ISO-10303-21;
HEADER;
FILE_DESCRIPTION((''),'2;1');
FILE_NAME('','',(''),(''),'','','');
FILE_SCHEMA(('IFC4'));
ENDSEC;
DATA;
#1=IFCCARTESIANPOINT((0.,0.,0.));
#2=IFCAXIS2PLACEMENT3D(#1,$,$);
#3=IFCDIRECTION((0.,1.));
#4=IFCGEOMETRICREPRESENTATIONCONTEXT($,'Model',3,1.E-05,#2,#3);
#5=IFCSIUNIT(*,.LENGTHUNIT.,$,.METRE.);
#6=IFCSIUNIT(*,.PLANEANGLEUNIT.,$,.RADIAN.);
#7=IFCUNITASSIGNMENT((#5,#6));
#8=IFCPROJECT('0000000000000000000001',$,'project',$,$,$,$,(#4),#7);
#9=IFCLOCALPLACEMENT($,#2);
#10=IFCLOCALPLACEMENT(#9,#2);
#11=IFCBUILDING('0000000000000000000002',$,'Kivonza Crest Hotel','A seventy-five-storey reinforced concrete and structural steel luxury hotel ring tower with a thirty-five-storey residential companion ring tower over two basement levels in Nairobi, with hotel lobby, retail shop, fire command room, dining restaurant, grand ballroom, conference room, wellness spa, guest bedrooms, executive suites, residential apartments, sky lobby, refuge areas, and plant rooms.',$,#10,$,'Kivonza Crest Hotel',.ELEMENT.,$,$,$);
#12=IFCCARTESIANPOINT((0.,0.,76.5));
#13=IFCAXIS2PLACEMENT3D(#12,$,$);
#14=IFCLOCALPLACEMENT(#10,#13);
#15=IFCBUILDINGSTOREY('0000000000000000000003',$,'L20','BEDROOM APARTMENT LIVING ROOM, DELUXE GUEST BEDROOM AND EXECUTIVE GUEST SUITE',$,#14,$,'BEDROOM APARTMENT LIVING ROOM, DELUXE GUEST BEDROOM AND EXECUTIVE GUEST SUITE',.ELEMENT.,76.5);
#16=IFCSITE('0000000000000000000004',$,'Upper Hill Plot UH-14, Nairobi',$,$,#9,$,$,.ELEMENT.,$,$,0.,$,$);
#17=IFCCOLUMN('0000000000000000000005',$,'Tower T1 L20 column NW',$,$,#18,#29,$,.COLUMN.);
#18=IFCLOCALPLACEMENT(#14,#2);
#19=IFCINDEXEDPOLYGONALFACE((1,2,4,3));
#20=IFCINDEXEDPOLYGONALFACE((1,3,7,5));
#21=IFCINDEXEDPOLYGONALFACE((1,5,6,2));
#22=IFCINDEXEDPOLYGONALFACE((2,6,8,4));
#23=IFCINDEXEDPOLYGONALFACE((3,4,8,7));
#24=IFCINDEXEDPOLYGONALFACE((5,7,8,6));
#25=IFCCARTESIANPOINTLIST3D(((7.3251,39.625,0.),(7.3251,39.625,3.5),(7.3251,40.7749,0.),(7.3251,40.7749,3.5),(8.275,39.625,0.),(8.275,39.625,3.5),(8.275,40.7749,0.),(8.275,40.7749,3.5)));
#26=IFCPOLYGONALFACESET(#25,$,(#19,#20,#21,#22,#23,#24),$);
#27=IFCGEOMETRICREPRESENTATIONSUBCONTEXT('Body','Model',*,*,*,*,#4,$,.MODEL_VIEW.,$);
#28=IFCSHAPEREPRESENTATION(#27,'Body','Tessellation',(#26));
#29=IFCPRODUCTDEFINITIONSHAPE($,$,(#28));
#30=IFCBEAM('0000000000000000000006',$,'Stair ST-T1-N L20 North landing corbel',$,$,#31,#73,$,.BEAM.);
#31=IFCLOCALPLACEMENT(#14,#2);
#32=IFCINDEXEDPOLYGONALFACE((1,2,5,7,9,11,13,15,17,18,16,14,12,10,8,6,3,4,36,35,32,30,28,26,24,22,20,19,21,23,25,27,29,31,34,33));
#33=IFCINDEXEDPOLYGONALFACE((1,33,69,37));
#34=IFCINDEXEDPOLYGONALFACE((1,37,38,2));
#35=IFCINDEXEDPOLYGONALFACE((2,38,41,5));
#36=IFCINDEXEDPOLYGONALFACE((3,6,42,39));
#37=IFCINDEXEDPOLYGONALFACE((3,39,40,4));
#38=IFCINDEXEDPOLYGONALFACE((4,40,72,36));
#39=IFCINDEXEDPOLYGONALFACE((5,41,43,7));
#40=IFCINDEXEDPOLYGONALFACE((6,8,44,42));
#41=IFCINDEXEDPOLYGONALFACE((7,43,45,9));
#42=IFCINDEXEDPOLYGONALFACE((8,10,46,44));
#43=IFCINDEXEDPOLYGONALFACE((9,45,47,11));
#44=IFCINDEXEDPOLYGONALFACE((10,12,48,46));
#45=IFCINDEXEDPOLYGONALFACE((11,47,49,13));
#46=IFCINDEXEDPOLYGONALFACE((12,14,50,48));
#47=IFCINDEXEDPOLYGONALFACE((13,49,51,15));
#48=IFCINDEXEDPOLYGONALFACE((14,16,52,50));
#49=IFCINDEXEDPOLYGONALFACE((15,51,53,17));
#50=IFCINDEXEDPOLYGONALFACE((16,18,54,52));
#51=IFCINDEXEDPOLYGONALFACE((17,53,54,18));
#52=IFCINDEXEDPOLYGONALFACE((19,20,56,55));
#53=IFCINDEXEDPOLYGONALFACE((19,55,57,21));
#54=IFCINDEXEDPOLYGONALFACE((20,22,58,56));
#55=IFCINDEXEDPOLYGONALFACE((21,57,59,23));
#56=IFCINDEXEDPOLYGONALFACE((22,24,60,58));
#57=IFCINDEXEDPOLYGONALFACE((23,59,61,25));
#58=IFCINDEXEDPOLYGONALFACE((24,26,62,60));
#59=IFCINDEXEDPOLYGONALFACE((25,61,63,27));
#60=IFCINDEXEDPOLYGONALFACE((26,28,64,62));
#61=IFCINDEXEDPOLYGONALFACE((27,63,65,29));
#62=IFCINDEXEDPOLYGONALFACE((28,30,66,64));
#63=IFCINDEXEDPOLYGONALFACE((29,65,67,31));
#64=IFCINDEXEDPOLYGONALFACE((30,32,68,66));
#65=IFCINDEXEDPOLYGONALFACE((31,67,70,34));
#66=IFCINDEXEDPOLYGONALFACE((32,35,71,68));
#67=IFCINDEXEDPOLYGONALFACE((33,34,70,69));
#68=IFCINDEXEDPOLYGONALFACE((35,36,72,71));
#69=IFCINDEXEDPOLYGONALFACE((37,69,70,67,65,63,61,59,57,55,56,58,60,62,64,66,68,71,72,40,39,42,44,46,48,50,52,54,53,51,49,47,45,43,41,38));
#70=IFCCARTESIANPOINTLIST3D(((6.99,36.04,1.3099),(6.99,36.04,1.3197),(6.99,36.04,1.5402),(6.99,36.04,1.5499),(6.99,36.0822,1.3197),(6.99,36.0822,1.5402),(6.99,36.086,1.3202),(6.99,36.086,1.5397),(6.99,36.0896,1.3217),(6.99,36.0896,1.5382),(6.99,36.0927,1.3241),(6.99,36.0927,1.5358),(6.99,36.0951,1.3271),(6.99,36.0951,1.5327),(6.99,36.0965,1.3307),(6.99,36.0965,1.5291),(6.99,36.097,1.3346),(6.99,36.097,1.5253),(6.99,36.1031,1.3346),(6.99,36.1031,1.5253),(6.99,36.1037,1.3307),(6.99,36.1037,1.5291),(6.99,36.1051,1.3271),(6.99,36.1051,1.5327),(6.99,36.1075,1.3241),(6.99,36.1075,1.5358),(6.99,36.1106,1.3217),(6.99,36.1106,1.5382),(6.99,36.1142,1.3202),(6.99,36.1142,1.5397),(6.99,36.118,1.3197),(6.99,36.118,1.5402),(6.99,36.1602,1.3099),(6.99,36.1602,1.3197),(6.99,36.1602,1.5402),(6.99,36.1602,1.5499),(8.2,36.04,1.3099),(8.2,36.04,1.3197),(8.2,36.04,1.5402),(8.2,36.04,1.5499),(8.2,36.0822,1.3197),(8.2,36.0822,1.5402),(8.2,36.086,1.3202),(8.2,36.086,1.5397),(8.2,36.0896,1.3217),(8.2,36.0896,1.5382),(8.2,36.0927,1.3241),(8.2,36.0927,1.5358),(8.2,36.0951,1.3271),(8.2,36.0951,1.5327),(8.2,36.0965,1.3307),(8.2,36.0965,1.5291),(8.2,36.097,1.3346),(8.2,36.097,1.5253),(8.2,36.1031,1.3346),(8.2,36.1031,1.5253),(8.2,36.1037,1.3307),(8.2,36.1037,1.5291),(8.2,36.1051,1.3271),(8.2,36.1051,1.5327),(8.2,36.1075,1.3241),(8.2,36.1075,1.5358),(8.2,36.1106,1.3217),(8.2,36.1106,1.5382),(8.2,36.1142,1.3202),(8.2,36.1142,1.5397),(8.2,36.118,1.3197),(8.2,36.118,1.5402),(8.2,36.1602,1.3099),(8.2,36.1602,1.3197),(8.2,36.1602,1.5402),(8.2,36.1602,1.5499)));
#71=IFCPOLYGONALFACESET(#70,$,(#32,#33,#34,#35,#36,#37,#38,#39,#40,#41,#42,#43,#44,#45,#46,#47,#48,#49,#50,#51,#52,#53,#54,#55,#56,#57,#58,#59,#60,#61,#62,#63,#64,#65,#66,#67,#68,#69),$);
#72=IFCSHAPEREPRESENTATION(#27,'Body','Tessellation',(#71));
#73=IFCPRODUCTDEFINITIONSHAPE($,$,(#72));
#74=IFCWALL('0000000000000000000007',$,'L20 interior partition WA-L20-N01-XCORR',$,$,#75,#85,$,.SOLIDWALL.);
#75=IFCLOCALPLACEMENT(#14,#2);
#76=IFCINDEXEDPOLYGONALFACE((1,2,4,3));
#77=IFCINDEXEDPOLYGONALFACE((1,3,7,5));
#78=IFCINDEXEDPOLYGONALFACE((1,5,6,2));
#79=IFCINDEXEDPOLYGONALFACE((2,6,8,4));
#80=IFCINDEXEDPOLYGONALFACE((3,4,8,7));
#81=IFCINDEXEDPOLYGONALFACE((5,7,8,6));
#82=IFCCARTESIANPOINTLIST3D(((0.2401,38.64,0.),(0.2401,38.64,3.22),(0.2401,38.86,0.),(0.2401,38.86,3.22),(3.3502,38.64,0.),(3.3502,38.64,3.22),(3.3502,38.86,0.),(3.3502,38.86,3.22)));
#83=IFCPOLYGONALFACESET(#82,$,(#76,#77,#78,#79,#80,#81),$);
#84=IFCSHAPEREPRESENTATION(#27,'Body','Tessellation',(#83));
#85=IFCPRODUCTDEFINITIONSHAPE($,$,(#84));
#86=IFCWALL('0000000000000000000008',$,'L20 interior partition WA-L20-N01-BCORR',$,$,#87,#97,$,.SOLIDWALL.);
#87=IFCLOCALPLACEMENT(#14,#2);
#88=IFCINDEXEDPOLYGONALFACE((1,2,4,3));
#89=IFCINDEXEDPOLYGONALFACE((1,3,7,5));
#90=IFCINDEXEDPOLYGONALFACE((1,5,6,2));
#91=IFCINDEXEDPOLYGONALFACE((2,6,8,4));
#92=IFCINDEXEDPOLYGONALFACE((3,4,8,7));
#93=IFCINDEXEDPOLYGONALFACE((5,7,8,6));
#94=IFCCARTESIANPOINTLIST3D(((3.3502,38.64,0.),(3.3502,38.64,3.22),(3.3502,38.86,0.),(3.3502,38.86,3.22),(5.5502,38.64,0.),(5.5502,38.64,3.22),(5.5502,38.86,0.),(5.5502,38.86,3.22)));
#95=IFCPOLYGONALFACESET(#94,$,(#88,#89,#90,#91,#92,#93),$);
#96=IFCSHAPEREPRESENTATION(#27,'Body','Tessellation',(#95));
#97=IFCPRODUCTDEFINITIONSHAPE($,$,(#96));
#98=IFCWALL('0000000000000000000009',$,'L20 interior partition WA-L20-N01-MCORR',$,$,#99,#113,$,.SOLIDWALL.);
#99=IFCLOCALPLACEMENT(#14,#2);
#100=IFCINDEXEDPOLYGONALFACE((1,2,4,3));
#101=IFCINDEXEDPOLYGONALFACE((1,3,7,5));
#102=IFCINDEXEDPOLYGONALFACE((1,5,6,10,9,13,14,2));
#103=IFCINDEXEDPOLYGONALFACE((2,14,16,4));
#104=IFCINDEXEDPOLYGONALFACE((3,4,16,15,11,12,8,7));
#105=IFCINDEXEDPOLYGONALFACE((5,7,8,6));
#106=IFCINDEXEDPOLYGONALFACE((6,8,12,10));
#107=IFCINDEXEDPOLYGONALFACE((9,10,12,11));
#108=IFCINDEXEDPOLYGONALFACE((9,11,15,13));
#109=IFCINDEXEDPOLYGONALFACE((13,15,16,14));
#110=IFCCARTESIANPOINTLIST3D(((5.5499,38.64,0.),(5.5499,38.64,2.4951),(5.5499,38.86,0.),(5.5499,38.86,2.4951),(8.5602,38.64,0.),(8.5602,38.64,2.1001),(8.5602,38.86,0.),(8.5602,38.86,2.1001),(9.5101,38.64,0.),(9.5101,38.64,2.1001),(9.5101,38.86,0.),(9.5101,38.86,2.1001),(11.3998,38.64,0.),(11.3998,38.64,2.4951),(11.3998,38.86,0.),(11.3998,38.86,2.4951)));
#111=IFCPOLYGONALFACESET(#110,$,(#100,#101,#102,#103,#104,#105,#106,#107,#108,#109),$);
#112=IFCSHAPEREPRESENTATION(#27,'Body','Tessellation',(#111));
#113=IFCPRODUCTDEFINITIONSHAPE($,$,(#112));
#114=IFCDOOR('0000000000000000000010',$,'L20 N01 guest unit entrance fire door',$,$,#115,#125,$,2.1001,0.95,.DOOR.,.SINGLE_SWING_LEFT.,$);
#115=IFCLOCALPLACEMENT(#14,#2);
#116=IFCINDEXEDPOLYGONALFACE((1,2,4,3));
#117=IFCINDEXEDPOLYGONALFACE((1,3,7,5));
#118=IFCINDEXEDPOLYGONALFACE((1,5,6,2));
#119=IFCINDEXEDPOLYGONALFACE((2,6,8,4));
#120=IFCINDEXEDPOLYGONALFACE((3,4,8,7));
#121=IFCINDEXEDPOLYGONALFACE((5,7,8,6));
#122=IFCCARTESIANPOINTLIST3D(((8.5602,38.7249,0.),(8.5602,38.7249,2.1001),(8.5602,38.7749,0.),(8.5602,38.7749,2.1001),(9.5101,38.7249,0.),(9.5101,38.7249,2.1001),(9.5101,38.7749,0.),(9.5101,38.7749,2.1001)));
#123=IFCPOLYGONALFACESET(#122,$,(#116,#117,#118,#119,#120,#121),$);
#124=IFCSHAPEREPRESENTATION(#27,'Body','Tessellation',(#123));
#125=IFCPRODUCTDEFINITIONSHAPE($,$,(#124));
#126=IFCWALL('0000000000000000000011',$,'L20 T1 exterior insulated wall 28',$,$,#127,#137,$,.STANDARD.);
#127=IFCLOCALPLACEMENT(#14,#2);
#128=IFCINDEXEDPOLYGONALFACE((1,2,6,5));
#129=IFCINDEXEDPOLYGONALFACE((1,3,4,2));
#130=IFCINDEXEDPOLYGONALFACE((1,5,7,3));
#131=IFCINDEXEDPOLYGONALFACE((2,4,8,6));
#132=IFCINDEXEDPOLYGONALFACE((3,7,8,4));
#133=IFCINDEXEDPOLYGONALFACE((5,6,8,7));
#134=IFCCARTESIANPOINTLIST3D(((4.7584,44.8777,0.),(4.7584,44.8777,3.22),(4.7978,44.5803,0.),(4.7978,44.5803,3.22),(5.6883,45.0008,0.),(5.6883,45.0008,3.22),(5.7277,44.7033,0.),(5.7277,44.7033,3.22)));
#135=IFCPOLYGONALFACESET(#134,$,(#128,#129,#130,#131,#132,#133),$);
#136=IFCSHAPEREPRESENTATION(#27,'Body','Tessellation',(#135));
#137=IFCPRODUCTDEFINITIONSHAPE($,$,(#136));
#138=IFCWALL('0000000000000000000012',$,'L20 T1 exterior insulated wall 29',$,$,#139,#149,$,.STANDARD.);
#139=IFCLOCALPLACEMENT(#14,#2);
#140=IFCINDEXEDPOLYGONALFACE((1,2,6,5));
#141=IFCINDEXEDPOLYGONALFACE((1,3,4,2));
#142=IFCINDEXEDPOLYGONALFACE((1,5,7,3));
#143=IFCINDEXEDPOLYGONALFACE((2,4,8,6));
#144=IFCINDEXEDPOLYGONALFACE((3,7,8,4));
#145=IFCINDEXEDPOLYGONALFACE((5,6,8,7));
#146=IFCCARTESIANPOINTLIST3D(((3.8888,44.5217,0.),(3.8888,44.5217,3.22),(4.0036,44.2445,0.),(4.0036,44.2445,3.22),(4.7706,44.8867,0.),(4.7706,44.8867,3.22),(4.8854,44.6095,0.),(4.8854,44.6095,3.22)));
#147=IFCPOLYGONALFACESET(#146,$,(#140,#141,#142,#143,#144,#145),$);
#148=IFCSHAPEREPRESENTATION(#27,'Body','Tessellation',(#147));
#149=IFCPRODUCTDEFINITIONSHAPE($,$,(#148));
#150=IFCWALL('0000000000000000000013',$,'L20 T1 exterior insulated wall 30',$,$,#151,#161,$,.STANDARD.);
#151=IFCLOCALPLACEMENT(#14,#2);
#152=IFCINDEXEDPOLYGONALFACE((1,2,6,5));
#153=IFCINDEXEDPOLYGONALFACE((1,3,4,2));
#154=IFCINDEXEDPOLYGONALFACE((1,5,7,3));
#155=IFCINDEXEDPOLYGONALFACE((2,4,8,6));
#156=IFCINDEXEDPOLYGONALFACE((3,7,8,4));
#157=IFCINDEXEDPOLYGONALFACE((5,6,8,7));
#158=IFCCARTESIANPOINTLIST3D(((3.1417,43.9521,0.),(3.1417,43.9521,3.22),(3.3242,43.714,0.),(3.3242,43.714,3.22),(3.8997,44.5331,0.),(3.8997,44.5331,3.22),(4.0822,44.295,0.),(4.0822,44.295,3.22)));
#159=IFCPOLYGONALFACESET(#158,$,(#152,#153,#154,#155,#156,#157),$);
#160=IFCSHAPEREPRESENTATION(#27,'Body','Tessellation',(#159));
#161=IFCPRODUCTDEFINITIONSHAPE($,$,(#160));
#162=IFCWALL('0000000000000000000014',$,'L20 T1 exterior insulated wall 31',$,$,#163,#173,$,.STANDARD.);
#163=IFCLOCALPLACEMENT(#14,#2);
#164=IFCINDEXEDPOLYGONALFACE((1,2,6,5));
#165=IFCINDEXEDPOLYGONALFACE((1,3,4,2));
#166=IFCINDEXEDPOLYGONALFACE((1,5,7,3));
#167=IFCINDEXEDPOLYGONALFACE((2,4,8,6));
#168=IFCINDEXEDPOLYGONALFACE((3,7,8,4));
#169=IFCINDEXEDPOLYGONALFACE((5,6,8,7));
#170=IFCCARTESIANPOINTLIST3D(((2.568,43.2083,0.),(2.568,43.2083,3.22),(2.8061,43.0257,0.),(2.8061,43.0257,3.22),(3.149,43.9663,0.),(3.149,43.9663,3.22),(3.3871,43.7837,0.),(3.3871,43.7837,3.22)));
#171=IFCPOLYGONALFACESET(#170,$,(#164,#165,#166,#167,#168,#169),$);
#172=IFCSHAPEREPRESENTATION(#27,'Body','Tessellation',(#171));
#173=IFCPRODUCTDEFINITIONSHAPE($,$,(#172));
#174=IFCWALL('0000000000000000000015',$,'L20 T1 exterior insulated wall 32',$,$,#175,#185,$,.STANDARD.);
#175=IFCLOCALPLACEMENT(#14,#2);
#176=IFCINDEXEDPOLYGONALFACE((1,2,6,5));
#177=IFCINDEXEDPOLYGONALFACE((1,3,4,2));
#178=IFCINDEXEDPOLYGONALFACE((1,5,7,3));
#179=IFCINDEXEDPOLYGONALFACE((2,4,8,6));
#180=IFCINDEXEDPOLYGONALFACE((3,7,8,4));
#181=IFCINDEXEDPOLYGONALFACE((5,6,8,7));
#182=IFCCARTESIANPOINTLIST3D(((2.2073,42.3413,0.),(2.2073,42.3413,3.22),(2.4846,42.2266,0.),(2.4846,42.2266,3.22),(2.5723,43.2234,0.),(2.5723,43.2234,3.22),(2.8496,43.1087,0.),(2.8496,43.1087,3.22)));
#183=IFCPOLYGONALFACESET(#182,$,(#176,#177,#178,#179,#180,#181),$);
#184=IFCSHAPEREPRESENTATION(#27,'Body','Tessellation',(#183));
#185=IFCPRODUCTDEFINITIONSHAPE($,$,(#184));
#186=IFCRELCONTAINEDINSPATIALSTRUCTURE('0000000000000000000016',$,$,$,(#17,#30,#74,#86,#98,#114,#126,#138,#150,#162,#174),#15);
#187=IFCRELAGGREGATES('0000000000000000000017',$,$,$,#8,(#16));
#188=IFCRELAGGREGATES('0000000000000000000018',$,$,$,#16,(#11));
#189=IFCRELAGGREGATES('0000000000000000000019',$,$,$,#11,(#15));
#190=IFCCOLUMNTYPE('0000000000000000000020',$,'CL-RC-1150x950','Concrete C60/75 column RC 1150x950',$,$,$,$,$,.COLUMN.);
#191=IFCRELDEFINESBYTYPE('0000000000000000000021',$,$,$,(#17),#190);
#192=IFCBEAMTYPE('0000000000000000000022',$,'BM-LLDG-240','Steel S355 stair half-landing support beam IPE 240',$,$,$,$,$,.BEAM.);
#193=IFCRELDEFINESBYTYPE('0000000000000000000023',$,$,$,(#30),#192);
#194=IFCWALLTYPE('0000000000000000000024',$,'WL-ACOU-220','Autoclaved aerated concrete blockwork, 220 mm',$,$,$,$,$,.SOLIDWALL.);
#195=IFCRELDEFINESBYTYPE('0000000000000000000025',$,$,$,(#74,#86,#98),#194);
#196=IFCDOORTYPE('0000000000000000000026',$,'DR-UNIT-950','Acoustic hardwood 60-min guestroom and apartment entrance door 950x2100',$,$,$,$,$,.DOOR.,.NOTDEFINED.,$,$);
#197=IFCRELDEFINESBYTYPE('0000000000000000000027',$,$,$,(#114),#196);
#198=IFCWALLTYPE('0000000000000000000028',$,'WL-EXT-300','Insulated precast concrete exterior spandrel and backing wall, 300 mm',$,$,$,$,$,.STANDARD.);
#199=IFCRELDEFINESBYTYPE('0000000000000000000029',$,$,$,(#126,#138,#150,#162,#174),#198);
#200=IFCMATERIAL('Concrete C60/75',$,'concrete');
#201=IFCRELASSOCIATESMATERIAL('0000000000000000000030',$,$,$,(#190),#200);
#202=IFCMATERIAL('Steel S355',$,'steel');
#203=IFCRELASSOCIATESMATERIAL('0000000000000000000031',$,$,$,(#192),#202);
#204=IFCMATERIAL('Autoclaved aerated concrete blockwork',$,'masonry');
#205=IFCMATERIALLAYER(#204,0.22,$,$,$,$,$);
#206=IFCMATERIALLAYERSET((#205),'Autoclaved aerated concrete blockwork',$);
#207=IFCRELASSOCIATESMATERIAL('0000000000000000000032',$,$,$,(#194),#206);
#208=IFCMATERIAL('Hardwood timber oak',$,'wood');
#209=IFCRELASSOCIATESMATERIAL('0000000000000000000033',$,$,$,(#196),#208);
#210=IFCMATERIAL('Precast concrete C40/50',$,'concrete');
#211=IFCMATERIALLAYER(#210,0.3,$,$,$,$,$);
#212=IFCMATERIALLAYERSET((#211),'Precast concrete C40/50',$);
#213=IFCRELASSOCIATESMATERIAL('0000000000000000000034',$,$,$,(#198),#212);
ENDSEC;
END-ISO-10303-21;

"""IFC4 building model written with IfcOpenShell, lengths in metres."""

from ifc_helpers import new_model, si_unit, direction, frame, frame_2d, origin, origin_2d, place, context, subcontext, project, spatial, rectangle, i_section, extrude, material, layer, layer_set, material_profile, profile_set, type_object, element, fill, save


model = new_model("IFC4")

# Units and contexts
model_context = context("Model", 3, precision=1e-05, world=origin(), true_north=direction((0.0, 1.0)))
body_context = subcontext(model_context, "Body", "Model", "MODEL_VIEW")
ifc_project = project(units=[si_unit("LENGTHUNIT", "METRE"), si_unit("PLANEANGLEUNIT", "RADIAN")], contexts=[model_context])

# Site, building, storey
site_placement = place(None, origin())
site = spatial("IfcSite", under=ifc_project, at=site_placement, Name="Upper Hill Plot UH-14, Nairobi", CompositionType="ELEMENT", RefElevation=0.0)
building_placement = place(site_placement, origin())
building = spatial("IfcBuilding", under=site, at=building_placement, Name="Kivonza Crest Hotel", Description="A seventy-five-storey reinforced concrete and structural steel luxury hotel ring tower with a thirty-five-storey residential companion ring tower over two basement levels in Nairobi, with hotel lobby, retail shop, fire command room, dining restaurant, grand ballroom, conference room, wellness spa, guest bedrooms, executive suites, residential apartments, sky lobby, refuge areas, and plant rooms.", LongName="Kivonza Crest Hotel", CompositionType="ELEMENT")
storey_placement = place(building_placement, frame((0.0, 0.0, 76.5)))
storey = spatial("IfcBuildingStorey", under=building, at=storey_placement, Name="L20", Description="BEDROOM APARTMENT LIVING ROOM, DELUXE GUEST BEDROOM AND EXECUTIVE GUEST SUITE", LongName="BEDROOM APARTMENT LIVING ROOM, DELUXE GUEST BEDROOM AND EXECUTIVE GUEST SUITE", CompositionType="ELEMENT", Elevation=76.5)

# Column
ifc_material_1 = material(Name="Concrete C60/75", Category="concrete")
ifc_material_profile_1 = material_profile(ifc_material_1, rectangle(XDim=0.95, YDim=1.1499, at=origin_2d()), Name="RC 1150x950")
ifc_profile_set_1 = profile_set([ifc_material_profile_1], Name="Concrete C60/75")
column_type = type_object("IfcColumnType", Name="CL-RC-1150x950", Description="Concrete C60/75 column RC 1150x950", PredefinedType="COLUMN", material=ifc_profile_set_1)
column_placement = place(storey_placement, frame((7.8, 40.2, 0.0), z_axis=(0.0, 0.0, 1.0), x_axis=(1.0, 0.0, 0.0)))
element("IfcColumn", 1, at=column_placement, inside=storey, type_object=column_type, Name="Tower T1 L20 column NW", PredefinedType="COLUMN", context=body_context, shape_type="SweptSolid", body=[
    extrude(rectangle(XDim=0.95, YDim=1.1499, at=origin_2d()), origin(), (0.0, 0.0, 1.0), 3.5),
])

# Beam
ifc_material_2 = material(Name="Steel S355", Category="steel")
ifc_material_profile_2 = material_profile(ifc_material_2, i_section(OverallWidth=0.1201, OverallDepth=0.24, WebThickness=0.0061, FlangeThickness=0.0098, FilletRadius=0.0149, at=origin_2d()), Name="IPE 240")
ifc_profile_set_2 = profile_set([ifc_material_profile_2], Name="Steel S355")
beam_type = type_object("IfcBeamType", Name="BM-LLDG-240", Description="Steel S355 stair half-landing support beam IPE 240", PredefinedType="BEAM", material=ifc_profile_set_2)
beam_placement = place(storey_placement, frame((6.99, 36.1001, 1.4299), z_axis=(1.0, 0.0, 0.0), x_axis=(0.0, 1.0, 0.0)))
element("IfcBeam", 2, at=beam_placement, inside=storey, type_object=beam_type, Name="Stair ST-T1-N L20 North landing corbel", PredefinedType="BEAM", context=body_context, shape_type="SweptSolid", body=[
    extrude(i_section(OverallWidth=0.1201, OverallDepth=0.24, WebThickness=0.0061, FlangeThickness=0.0098, FilletRadius=0.0149, at=origin_2d()), origin(), (0.0, 0.0, 1.0), 1.21),
])

# Walls
ifc_material_3 = material(Name="Autoclaved aerated concrete blockwork", Category="masonry")
ifc_layer_1 = layer(ifc_material_3, 0.22)
ifc_layer_set_1 = layer_set([ifc_layer_1], Name="Autoclaved aerated concrete blockwork")
wall_type_1 = type_object("IfcWallType", Name="WL-ACOU-220", Description="Autoclaved aerated concrete blockwork, 220 mm", PredefinedType="SOLIDWALL", material=ifc_layer_set_1)
wall_1_placement = place(storey_placement, frame((0.24, 38.75, 0.0), z_axis=(0.0, 0.0, 1.0), x_axis=(1.0, 0.0, 0.0)))
element("IfcWall", 3, at=wall_1_placement, inside=storey, type_object=wall_type_1, Name="L20 interior partition WA-L20-N01-XCORR", PredefinedType="SOLIDWALL", context=body_context, shape_type="SweptSolid", body=[
    extrude(rectangle(XDim=3.1101, YDim=0.22, at=frame_2d((1.5552, 0.0))), origin(), (0.0, 0.0, 1.0), 3.22),
])
wall_2_placement = place(storey_placement, frame((3.3501, 38.75, 0.0), z_axis=(0.0, 0.0, 1.0), x_axis=(1.0, 0.0, 0.0)))
element("IfcWall", 4, at=wall_2_placement, inside=storey, type_object=wall_type_1, Name="L20 interior partition WA-L20-N01-BCORR", PredefinedType="SOLIDWALL", context=body_context, shape_type="SweptSolid", body=[
    extrude(rectangle(XDim=2.2, YDim=0.22, at=frame_2d((1.1001, 0.0))), origin(), (0.0, 0.0, 1.0), 3.22),
])

# Wall, opening, door
wall_3_placement = place(storey_placement, frame((5.55, 38.75, 0.0), z_axis=(0.0, 0.0, 1.0), x_axis=(1.0, 0.0, 0.0)))
wall_3 = element("IfcWall", 5, at=wall_3_placement, inside=storey, type_object=wall_type_1, Name="L20 interior partition WA-L20-N01-MCORR", PredefinedType="SOLIDWALL", context=body_context, shape_type="SweptSolid", body=[
    extrude(rectangle(XDim=5.8499, YDim=0.22, at=frame_2d((2.9248, 0.0))), origin(), (0.0, 0.0, 1.0), 2.4951),
])
opening_1_placement = place(wall_3_placement, frame((3.01, 0.0, 0.0)))
opening_1 = element("IfcOpeningElement", 6, at=opening_1_placement, cuts=wall_3, PredefinedType="OPENING", context=body_context, shape_type="SweptSolid", body=[
    extrude(rectangle(XDim=0.95, YDim=2.1001, at=frame_2d((0.4751, 1.05))), frame((0.0, 0.1201, 0.0), z_axis=(0.0, -1.0, 0.0), x_axis=(1.0, 0.0, 0.0)), (0.0, 0.0, 1.0), 0.24),
])
ifc_material_4 = material(Name="Hardwood timber oak", Category="wood")
door_type_1 = type_object("IfcDoorType", Name="DR-UNIT-950", Description="Acoustic hardwood 60-min guestroom and apartment entrance door 950x2100", OperationType="NOTDEFINED", PredefinedType="DOOR", material=ifc_material_4)
door_1_placement = place(opening_1_placement, origin())
door_1 = element("IfcDoor", 7, at=door_1_placement, inside=storey, type_object=door_type_1, Name="L20 N01 guest unit entrance fire door", OperationType="SINGLE_SWING_LEFT", OverallHeight=2.1001, OverallWidth=0.95, PredefinedType="DOOR", context=body_context, shape_type="SweptSolid", body=[
    extrude(rectangle(XDim=0.95, YDim=2.1001, at=frame_2d((0.4751, 1.05))), frame((0.0, 0.0249, 0.0), z_axis=(0.0, -1.0, 0.0), x_axis=(1.0, 0.0, 0.0)), (0.0, 0.0, 1.0), 0.05),
])
fill(opening_1, door_1)

# Walls
ifc_material_5 = material(Name="Precast concrete C40/50", Category="concrete")
ifc_layer_2 = layer(ifc_material_5, 0.3)
ifc_layer_set_2 = layer_set([ifc_layer_2], Name="Precast concrete C40/50")
wall_type_2 = type_object("IfcWallType", Name="WL-EXT-300", Description="Insulated precast concrete exterior spandrel and backing wall, 300 mm", PredefinedType="STANDARD", material=ifc_layer_set_2)
wall_4_placement = place(storey_placement, frame((5.708, 44.8521, 0.0), z_axis=(0.0, 0.0, 1.0), x_axis=(-0.991359, -0.131175, 0.0)))
element("IfcWall", 8, at=wall_4_placement, inside=storey, type_object=wall_type_2, Name="L20 T1 exterior insulated wall 28", PredefinedType="STANDARD", context=body_context, shape_type="SweptSolid", body=[
    extrude(rectangle(XDim=0.938, YDim=0.3, at=frame_2d((0.469, 0.0))), origin(), (0.0, 0.0, 1.0), 3.22),
])
wall_5_placement = place(storey_placement, frame((4.8279, 44.748, 0.0), z_axis=(0.0, 0.0, 1.0), x_axis=(-0.923983, -0.382435, 0.0)))
element("IfcWall", 9, at=wall_5_placement, inside=storey, type_object=wall_type_2, Name="L20 T1 exterior insulated wall 29", PredefinedType="STANDARD", context=body_context, shape_type="SweptSolid", body=[
    extrude(rectangle(XDim=0.9543, YDim=0.3, at=frame_2d((0.4771, 0.0))), origin(), (0.0, 0.0, 1.0), 3.22),
])
for number, where, z_axis, x_axis, name in (
    (10, (3.991, 44.4141, 0.0), (0.0, 0.0, 1.0), (-0.793668, -0.608351, 0.0), "L20 T1 exterior insulated wall 30"),
    (11, (3.2681, 43.875, 0.0), (0.0, 0.0, 1.0), (-0.608351, -0.793668, 0.0), "L20 T1 exterior insulated wall 31"),
):
    element("IfcWall", number, at=place(storey_placement, frame(where, z_axis=z_axis, x_axis=x_axis)), inside=storey, type_object=wall_type_2, Name=name, PredefinedType="STANDARD", context=body_context, shape_type="SweptSolid", body=[
        extrude(rectangle(XDim=0.9551, YDim=0.3, at=frame_2d((0.4775, 0.0))), origin(), (0.0, 0.0, 1.0), 3.22),
    ])
wall_6_placement = place(storey_placement, frame((2.7109, 43.166, 0.0), z_axis=(0.0, 0.0, 1.0), x_axis=(-0.382344, -0.92402, 0.0)))
element("IfcWall", 12, at=wall_6_placement, inside=storey, type_object=wall_type_2, Name="L20 T1 exterior insulated wall 32", PredefinedType="STANDARD", context=body_context, shape_type="SweptSolid", body=[
    extrude(rectangle(XDim=0.9546, YDim=0.3, at=frame_2d((0.4773, 0.0))), origin(), (0.0, 0.0, 1.0), 3.22),
])

save(model, "model.ifc")
